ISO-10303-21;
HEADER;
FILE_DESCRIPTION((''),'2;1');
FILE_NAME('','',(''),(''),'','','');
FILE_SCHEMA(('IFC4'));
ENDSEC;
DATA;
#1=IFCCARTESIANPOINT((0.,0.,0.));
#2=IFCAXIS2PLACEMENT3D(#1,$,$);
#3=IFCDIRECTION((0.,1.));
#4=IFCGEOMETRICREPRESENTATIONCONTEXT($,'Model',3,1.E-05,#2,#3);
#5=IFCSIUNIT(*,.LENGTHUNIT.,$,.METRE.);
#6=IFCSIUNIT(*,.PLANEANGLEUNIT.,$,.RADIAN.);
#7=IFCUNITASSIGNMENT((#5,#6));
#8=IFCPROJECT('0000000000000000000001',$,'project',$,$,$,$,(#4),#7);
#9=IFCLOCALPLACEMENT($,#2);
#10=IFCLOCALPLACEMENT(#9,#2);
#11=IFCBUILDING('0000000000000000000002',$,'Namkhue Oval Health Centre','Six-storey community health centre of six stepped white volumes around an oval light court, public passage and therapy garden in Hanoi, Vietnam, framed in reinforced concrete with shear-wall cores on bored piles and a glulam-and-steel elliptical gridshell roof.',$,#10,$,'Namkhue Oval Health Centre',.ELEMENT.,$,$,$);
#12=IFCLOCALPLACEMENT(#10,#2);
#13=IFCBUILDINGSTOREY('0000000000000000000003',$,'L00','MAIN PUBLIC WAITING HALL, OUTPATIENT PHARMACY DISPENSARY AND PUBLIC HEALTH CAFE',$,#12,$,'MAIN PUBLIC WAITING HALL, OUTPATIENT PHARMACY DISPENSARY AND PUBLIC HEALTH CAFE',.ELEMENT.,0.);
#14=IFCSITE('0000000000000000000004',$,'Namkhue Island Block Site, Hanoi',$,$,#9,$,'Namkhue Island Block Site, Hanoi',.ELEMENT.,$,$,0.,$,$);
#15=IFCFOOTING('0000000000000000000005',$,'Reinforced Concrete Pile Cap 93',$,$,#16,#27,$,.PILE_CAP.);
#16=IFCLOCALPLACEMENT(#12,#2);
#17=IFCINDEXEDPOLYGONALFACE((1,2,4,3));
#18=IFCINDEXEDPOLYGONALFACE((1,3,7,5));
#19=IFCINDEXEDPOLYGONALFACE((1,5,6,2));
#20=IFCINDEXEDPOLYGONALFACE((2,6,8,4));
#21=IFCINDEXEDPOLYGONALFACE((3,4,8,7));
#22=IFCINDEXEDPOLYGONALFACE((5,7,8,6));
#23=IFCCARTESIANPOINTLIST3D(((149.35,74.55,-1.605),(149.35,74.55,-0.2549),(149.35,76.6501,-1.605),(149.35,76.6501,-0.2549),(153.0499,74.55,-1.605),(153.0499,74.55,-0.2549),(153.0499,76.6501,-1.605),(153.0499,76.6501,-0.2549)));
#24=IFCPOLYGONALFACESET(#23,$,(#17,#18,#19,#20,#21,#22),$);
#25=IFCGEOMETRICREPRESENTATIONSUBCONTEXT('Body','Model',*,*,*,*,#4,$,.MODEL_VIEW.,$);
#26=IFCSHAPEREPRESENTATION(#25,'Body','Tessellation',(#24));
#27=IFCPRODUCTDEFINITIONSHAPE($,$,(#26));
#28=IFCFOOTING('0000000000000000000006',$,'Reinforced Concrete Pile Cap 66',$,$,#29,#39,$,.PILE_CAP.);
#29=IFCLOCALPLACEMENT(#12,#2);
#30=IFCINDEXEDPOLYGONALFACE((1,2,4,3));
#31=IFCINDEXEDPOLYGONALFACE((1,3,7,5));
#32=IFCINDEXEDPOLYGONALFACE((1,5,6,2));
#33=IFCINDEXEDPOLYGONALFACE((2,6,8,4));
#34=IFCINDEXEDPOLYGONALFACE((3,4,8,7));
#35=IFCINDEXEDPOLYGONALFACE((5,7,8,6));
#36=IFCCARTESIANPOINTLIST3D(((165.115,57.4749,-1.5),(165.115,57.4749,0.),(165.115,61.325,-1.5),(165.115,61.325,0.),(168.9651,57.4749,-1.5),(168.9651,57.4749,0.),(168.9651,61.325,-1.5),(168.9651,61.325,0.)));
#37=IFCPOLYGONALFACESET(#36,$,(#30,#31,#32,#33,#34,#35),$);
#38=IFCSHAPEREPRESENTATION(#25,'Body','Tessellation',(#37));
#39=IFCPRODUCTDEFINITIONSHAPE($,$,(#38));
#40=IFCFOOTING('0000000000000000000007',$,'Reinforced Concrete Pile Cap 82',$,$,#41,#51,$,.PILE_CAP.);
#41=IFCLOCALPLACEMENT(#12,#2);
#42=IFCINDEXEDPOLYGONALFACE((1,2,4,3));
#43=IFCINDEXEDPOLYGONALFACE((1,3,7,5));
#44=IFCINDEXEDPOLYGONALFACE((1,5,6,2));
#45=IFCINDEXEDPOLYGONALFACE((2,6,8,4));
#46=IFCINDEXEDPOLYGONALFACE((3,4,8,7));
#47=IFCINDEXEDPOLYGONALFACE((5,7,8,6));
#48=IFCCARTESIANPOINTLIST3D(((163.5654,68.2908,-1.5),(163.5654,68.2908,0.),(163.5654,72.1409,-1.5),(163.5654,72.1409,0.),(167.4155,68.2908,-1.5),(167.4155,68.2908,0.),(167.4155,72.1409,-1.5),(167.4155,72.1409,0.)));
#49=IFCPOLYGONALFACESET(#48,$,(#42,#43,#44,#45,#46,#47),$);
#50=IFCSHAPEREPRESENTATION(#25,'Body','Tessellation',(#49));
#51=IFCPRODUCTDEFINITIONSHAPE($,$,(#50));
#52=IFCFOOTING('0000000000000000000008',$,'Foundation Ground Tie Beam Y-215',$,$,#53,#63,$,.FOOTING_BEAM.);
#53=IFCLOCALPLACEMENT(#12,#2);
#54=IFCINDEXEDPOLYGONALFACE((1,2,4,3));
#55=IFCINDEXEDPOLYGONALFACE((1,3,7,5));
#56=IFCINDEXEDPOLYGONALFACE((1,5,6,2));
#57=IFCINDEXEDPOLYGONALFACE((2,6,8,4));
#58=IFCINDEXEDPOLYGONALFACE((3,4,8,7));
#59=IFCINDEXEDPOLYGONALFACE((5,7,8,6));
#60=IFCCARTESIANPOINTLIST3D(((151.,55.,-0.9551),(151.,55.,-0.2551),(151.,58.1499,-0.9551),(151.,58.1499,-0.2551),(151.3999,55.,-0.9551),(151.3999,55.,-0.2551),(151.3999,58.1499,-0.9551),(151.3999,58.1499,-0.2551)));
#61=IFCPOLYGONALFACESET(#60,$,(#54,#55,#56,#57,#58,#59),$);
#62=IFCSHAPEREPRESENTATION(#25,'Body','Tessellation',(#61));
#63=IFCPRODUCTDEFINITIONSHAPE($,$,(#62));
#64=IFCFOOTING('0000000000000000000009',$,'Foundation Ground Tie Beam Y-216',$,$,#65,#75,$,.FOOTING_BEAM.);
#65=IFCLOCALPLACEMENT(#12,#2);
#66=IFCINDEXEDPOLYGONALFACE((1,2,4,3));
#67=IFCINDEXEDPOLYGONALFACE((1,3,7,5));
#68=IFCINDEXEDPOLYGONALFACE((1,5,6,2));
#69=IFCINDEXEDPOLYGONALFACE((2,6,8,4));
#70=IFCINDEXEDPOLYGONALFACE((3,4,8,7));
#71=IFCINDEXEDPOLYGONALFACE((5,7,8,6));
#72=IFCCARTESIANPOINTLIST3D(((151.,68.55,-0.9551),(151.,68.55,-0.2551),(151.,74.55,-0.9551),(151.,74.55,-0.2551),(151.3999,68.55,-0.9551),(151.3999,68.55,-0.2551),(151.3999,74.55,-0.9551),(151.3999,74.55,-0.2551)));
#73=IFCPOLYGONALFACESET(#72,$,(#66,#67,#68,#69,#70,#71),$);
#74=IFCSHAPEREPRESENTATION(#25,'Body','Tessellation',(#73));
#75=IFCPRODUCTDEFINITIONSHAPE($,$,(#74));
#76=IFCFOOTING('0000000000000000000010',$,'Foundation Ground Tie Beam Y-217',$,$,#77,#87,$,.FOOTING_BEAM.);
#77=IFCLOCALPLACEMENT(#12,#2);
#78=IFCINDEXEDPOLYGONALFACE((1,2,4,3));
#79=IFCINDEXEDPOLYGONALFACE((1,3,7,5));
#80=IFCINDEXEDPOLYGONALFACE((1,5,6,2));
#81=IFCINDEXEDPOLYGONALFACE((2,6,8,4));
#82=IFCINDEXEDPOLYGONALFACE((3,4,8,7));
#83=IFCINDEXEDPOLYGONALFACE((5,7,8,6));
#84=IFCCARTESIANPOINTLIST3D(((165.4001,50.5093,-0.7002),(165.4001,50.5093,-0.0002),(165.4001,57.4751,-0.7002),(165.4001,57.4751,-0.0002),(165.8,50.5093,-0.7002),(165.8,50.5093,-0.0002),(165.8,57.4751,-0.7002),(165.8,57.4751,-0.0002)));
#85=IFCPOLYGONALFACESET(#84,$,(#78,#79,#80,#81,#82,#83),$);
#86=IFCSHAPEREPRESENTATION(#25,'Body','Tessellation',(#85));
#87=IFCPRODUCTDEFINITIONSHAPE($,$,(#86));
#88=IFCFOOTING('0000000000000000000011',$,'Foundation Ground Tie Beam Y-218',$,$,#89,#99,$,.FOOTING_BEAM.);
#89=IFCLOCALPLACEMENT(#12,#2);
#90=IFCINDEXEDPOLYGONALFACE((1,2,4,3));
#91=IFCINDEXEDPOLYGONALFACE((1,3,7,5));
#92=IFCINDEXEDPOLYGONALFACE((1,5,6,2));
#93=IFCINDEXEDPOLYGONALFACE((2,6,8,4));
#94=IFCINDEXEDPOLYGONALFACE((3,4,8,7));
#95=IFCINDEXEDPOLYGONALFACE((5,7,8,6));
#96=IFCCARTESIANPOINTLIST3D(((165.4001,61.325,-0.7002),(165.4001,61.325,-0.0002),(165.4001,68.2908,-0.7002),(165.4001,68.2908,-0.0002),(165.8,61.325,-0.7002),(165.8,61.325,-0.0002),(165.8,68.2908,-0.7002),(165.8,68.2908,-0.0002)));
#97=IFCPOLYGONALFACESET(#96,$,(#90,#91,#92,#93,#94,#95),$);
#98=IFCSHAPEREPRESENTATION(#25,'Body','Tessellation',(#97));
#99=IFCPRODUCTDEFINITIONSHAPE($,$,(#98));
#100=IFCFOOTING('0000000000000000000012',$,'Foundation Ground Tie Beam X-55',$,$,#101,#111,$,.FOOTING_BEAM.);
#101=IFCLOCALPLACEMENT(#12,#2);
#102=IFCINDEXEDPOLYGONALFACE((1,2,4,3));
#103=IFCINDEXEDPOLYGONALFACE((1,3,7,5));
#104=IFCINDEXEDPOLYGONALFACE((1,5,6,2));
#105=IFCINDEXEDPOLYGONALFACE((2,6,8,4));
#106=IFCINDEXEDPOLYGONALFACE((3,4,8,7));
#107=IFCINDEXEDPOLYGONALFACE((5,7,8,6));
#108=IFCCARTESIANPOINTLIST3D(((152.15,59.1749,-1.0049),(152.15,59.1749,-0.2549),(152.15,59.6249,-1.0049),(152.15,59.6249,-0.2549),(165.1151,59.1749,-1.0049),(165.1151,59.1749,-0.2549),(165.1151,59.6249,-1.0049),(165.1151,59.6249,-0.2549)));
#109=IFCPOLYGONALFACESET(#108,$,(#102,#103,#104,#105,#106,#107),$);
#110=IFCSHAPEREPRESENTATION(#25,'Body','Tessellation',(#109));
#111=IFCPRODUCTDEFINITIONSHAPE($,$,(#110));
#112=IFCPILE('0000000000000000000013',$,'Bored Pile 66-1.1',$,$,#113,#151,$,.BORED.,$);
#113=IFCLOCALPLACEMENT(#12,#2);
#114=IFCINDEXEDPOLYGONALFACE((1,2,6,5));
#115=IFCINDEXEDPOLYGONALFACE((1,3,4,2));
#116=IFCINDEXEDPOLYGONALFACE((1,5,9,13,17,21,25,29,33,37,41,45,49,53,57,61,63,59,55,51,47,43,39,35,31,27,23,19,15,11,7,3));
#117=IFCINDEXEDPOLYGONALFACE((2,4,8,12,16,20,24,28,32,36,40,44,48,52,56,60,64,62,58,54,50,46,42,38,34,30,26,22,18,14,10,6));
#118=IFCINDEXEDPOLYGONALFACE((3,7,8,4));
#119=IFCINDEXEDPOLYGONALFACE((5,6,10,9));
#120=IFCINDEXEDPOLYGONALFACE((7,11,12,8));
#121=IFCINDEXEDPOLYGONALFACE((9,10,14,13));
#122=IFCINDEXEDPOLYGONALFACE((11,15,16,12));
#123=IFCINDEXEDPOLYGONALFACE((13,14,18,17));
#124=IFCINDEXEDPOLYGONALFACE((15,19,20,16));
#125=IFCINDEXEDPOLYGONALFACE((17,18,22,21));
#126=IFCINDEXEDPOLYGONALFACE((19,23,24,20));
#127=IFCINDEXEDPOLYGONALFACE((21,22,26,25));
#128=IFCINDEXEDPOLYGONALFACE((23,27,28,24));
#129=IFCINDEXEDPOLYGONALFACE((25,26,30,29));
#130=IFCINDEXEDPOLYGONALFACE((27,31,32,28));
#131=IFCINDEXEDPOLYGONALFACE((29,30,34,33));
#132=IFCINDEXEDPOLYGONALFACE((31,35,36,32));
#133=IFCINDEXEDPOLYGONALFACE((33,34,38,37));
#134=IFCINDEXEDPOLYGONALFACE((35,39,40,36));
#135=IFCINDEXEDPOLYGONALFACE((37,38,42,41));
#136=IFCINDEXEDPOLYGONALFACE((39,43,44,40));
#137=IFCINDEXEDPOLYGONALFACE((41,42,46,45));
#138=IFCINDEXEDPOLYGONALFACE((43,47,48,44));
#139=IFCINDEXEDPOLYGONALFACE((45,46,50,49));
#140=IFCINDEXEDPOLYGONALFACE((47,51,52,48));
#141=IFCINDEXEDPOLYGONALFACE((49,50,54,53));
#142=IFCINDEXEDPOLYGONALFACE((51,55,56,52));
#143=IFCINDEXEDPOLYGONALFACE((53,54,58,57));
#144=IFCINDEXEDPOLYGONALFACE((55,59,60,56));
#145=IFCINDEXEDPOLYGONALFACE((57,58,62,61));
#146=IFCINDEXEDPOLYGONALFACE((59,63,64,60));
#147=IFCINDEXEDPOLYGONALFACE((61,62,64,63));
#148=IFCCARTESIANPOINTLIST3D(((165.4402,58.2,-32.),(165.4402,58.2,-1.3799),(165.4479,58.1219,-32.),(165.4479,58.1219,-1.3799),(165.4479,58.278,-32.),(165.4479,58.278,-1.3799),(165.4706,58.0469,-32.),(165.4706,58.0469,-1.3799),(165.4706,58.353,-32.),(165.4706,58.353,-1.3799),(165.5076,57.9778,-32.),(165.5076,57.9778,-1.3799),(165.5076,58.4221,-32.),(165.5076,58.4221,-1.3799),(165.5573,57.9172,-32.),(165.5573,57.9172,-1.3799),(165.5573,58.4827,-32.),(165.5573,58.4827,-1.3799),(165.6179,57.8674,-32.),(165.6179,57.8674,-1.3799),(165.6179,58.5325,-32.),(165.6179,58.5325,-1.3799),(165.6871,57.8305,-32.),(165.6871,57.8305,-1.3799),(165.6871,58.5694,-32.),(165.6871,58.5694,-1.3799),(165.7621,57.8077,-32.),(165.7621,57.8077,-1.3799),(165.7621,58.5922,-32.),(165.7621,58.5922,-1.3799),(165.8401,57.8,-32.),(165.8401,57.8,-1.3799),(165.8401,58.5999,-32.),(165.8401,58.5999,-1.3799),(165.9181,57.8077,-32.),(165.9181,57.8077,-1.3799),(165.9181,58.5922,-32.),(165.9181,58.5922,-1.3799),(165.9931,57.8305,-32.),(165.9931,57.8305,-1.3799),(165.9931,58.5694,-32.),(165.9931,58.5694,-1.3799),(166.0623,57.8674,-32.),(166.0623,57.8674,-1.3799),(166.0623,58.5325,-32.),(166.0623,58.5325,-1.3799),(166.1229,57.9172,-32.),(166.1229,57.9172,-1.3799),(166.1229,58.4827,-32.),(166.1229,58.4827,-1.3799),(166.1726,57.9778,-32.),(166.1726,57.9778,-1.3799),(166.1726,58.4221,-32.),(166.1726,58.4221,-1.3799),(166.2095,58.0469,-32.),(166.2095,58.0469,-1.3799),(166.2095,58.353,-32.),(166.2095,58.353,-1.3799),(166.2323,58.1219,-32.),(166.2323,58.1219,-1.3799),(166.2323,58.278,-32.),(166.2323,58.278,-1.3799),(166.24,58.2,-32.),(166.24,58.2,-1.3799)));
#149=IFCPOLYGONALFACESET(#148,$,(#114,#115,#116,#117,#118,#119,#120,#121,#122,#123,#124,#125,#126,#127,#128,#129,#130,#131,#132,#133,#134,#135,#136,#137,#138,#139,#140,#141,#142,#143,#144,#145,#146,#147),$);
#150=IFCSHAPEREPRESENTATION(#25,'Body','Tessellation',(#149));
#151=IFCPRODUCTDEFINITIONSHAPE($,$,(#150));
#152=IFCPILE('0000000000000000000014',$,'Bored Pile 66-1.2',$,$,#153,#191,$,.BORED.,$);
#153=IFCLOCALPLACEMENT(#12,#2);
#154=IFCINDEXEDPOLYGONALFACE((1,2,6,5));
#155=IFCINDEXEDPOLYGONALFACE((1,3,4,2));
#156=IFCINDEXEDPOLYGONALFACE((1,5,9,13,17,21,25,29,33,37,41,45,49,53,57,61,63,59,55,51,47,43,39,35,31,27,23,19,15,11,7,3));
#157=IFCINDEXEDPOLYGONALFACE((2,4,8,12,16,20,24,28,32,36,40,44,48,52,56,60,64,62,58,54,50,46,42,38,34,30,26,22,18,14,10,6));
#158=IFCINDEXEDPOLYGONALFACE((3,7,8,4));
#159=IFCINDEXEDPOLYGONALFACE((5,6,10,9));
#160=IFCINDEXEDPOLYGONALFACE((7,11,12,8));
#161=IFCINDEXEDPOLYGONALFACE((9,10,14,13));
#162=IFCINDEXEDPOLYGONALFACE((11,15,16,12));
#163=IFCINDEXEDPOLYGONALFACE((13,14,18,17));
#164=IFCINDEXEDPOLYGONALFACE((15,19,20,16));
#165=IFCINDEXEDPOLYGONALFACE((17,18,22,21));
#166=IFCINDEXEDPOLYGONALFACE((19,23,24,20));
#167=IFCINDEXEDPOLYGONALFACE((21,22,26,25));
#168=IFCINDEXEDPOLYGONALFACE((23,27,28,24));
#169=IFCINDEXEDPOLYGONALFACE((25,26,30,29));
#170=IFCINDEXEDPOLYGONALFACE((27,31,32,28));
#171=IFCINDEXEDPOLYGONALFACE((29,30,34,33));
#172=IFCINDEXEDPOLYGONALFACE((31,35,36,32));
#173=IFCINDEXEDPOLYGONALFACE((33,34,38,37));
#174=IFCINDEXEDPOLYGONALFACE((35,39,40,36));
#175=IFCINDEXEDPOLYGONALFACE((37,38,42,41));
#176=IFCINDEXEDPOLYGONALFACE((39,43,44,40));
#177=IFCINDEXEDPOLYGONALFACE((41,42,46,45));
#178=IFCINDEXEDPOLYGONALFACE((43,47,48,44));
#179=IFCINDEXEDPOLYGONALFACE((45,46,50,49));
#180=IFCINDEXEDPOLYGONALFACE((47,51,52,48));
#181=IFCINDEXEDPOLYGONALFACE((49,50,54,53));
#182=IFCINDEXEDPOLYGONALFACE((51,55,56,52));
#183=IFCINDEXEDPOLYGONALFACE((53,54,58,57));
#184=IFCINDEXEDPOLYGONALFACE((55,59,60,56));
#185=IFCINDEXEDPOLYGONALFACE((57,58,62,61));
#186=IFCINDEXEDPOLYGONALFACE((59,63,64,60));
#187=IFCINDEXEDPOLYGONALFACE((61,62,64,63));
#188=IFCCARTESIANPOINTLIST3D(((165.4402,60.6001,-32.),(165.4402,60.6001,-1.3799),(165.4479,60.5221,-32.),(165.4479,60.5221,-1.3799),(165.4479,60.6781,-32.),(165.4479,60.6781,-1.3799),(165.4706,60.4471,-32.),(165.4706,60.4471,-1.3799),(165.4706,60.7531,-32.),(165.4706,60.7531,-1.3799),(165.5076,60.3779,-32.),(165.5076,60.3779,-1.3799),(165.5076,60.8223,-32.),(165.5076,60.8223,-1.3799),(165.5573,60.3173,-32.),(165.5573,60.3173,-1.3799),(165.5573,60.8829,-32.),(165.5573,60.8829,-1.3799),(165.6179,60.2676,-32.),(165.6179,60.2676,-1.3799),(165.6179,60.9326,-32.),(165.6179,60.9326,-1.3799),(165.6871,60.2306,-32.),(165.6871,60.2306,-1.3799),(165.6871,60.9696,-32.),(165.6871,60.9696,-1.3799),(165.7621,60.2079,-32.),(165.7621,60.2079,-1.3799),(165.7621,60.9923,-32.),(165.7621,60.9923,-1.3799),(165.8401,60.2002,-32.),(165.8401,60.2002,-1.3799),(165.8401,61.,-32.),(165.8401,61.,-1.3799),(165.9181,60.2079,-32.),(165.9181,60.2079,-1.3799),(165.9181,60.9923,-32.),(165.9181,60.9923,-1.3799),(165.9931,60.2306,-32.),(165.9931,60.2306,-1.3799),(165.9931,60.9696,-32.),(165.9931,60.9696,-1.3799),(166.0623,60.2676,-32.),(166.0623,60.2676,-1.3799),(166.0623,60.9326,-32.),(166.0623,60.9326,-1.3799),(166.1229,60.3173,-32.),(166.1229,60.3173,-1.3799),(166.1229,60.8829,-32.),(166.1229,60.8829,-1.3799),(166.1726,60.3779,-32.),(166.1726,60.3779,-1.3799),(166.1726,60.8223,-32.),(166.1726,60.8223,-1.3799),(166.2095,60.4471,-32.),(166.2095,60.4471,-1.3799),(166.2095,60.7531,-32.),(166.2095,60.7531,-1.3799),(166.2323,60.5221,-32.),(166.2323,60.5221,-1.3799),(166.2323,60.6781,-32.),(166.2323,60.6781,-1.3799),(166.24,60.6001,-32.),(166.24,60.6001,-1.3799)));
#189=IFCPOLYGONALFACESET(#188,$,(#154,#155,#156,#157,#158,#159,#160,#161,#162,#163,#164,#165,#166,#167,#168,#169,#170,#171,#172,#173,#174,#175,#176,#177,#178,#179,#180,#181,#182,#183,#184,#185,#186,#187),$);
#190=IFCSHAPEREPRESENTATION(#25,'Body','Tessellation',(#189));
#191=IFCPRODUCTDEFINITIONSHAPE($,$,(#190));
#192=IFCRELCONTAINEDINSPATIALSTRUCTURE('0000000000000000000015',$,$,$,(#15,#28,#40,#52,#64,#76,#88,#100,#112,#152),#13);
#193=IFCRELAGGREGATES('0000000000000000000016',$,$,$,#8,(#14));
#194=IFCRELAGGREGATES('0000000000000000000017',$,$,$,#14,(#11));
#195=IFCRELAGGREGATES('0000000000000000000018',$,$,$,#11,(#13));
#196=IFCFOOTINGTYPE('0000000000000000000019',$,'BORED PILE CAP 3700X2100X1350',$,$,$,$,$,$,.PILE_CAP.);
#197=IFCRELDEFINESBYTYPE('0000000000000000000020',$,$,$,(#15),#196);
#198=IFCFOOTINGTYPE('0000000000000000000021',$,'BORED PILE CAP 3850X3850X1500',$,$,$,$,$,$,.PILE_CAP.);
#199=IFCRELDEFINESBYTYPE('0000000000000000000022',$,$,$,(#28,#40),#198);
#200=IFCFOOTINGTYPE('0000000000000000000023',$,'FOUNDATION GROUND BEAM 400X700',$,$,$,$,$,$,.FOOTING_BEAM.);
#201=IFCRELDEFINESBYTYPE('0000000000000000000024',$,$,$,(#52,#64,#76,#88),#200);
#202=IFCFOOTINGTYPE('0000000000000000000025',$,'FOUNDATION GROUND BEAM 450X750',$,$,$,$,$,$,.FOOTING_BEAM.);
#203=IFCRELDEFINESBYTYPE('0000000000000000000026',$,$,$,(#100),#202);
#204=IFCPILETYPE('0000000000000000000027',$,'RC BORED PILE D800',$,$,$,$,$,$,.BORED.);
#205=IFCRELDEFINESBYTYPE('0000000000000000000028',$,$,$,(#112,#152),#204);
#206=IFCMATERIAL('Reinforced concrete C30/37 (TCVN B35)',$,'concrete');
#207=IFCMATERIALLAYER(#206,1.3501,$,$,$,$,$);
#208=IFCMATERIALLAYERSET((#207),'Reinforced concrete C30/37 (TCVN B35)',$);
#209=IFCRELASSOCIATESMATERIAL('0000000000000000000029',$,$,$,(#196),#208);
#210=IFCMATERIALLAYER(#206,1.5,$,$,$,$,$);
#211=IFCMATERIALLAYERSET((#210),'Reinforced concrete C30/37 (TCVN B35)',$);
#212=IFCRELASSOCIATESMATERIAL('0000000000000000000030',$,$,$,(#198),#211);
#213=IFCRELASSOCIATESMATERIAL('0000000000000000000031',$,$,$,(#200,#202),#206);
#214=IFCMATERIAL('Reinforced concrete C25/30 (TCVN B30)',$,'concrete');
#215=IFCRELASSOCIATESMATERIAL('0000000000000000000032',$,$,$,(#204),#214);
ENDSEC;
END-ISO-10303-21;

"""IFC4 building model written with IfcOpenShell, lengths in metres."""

from ifc_helpers import new_model, si_unit, direction, frame, origin, origin_2d, place, context, subcontext, project, spatial, rectangle, circle, extrude, material, layer, layer_set, material_profile, profile_set, type_object, element, save


model = new_model("IFC4")

# Units and contexts
model_context = context("Model", 3, precision=1e-05, world=origin(), true_north=direction((0.0, 1.0)))
body_context = subcontext(model_context, "Body", "Model", "MODEL_VIEW")
ifc_project = project(units=[si_unit("LENGTHUNIT", "METRE"), si_unit("PLANEANGLEUNIT", "RADIAN")], contexts=[model_context])

# Site, building, storey
site_placement = place(None, origin())
site = spatial("IfcSite", under=ifc_project, at=site_placement, Name="Namkhue Island Block Site, Hanoi", LongName="Namkhue Island Block Site, Hanoi", CompositionType="ELEMENT", RefElevation=0.0)
building_placement = place(site_placement, origin())
building = spatial("IfcBuilding", under=site, at=building_placement, Name="Namkhue Oval Health Centre", Description="Six-storey community health centre of six stepped white volumes around an oval light court, public passage and therapy garden in Hanoi, Vietnam, framed in reinforced concrete with shear-wall cores on bored piles and a glulam-and-steel elliptical gridshell roof.", LongName="Namkhue Oval Health Centre", CompositionType="ELEMENT")
storey_placement = place(building_placement, origin())
storey = spatial("IfcBuildingStorey", under=building, at=storey_placement, Name="L00", Description="MAIN PUBLIC WAITING HALL, OUTPATIENT PHARMACY DISPENSARY AND PUBLIC HEALTH CAFE", LongName="MAIN PUBLIC WAITING HALL, OUTPATIENT PHARMACY DISPENSARY AND PUBLIC HEALTH CAFE", CompositionType="ELEMENT", Elevation=0.0)

# Footings
ifc_material_1 = material(Name="Reinforced concrete C30/37 (TCVN B35)", Category="concrete")
ifc_layer_1 = layer(ifc_material_1, 1.3501)
ifc_layer_set_1 = layer_set([ifc_layer_1], Name="Reinforced concrete C30/37 (TCVN B35)")
footing_type_1 = type_object("IfcFootingType", Name="BORED PILE CAP 3700X2100X1350", PredefinedType="PILE_CAP", material=ifc_layer_set_1)
footing_1_placement = place(storey_placement, frame((151.2, 75.6001, -1.605), z_axis=(0.0, 0.0, 1.0), x_axis=(1.0, 0.0, 0.0)))
element("IfcFooting", 1, at=footing_1_placement, inside=storey, type_object=footing_type_1, Name="Reinforced Concrete Pile Cap 93", PredefinedType="PILE_CAP", context=body_context, shape_type="SweptSolid", body=[
    extrude(rectangle(XDim=3.7, YDim=2.1001, at=origin_2d()), origin(), (0.0, 0.0, 1.0), 1.3501),
])
ifc_layer_2 = layer(ifc_material_1, 1.5)
ifc_layer_set_2 = layer_set([ifc_layer_2], Name="Reinforced concrete C30/37 (TCVN B35)")
footing_type_2 = type_object("IfcFootingType", Name="BORED PILE CAP 3850X3850X1500", PredefinedType="PILE_CAP", material=ifc_layer_set_2)
for number, where, z_axis, x_axis, name in (
    (2, (167.04, 59.3999, -1.5), (0.0, 0.0, 1.0), (1.0, 0.0, 0.0), "Reinforced Concrete Pile Cap 66"),
    (3, (165.4905, 70.2158, -1.5), (0.0, 0.0, 1.0), (1.0, 0.0, 0.0), "Reinforced Concrete Pile Cap 82"),
):
    element("IfcFooting", number, at=place(storey_placement, frame(where, z_axis=z_axis, x_axis=x_axis)), inside=storey, type_object=footing_type_2, Name=name, PredefinedType="PILE_CAP", context=body_context, shape_type="SweptSolid", body=[
        extrude(rectangle(XDim=3.8501, YDim=3.8501, at=origin_2d()), origin(), (0.0, 0.0, 1.0), 1.5),
    ])
footing_type_3 = type_object("IfcFootingType", Name="FOUNDATION GROUND BEAM 400X700", PredefinedType="FOOTING_BEAM", material=ifc_material_1)
footing_2_placement = place(storey_placement, frame((151.2, 56.575, -0.9551), z_axis=(0.0, 0.0, 1.0), x_axis=(0.0, 1.0, 0.0)))
element("IfcFooting", 4, at=footing_2_placement, inside=storey, type_object=footing_type_3, Name="Foundation Ground Tie Beam Y-215", PredefinedType="FOOTING_BEAM", context=body_context, shape_type="SweptSolid", body=[
    extrude(rectangle(XDim=3.1499, YDim=0.3999, at=origin_2d()), origin(), (0.0, 0.0, 1.0), 0.7),
])
footing_3_placement = place(storey_placement, frame((151.2, 71.55, -0.9551), z_axis=(0.0, 0.0, 1.0), x_axis=(0.0, 1.0, 0.0)))
element("IfcFooting", 5, at=footing_3_placement, inside=storey, type_object=footing_type_3, Name="Foundation Ground Tie Beam Y-216", PredefinedType="FOOTING_BEAM", context=body_context, shape_type="SweptSolid", body=[
    extrude(rectangle(XDim=6.0, YDim=0.3999, at=origin_2d()), origin(), (0.0, 0.0, 1.0), 0.7),
])
for number, where, z_axis, x_axis, name in (
    (6, (165.6001, 53.9922, -0.7002), (0.0, 0.0, 1.0), (0.0, 1.0, 0.0), "Foundation Ground Tie Beam Y-217"),
    (7, (165.6001, 64.8079, -0.7002), (0.0, 0.0, 1.0), (0.0, 1.0, 0.0), "Foundation Ground Tie Beam Y-218"),
):
    element("IfcFooting", number, at=place(storey_placement, frame(where, z_axis=z_axis, x_axis=x_axis)), inside=storey, type_object=footing_type_3, Name=name, PredefinedType="FOOTING_BEAM", context=body_context, shape_type="SweptSolid", body=[
        extrude(rectangle(XDim=6.9658, YDim=0.3999, at=origin_2d()), origin(), (0.0, 0.0, 1.0), 0.7),
    ])
footing_type_4 = type_object("IfcFootingType", Name="FOUNDATION GROUND BEAM 450X750", PredefinedType="FOOTING_BEAM", material=ifc_material_1)
footing_4_placement = place(storey_placement, frame((158.6326, 59.3999, -1.0049), z_axis=(0.0, 0.0, 1.0), x_axis=(1.0, 0.0, 0.0)))
element("IfcFooting", 8, at=footing_4_placement, inside=storey, type_object=footing_type_4, Name="Foundation Ground Tie Beam X-55", PredefinedType="FOOTING_BEAM", context=body_context, shape_type="SweptSolid", body=[
    extrude(rectangle(XDim=12.9651, YDim=0.45, at=origin_2d()), origin(), (0.0, 0.0, 1.0), 0.75),
])

# Piles
ifc_material_2 = material(Name="Reinforced concrete C25/30 (TCVN B30)", Category="concrete")
ifc_material_profile_1 = material_profile(ifc_material_2, circle(Radius=0.3999, at=origin_2d()), Name="BORED PILE D800")
ifc_profile_set_1 = profile_set([ifc_material_profile_1], Name="Reinforced concrete C25/30 (TCVN B30)")
pile_type = type_object("IfcPileType", Name="RC BORED PILE D800", PredefinedType="BORED", material=ifc_profile_set_1)
for number, where, z_axis, x_axis, name in (
    (9, (165.8401, 58.2, -1.3799), (0.0, 0.0, -1.0), (1.0, 0.0, 0.0), "Bored Pile 66-1.1"),
    (10, (165.8401, 60.6001, -1.3799), (0.0, 0.0, -1.0), (1.0, 0.0, 0.0), "Bored Pile 66-1.2"),
):
    element("IfcPile", number, at=place(storey_placement, frame(where, z_axis=z_axis, x_axis=x_axis)), inside=storey, type_object=pile_type, Name=name, PredefinedType="BORED", context=body_context, shape_type="SweptSolid", body=[
        extrude(circle(Radius=0.3999, at=origin_2d()), origin(), (0.0, 0.0, 1.0), 30.6201),
    ])

save(model, "model.ifc")
